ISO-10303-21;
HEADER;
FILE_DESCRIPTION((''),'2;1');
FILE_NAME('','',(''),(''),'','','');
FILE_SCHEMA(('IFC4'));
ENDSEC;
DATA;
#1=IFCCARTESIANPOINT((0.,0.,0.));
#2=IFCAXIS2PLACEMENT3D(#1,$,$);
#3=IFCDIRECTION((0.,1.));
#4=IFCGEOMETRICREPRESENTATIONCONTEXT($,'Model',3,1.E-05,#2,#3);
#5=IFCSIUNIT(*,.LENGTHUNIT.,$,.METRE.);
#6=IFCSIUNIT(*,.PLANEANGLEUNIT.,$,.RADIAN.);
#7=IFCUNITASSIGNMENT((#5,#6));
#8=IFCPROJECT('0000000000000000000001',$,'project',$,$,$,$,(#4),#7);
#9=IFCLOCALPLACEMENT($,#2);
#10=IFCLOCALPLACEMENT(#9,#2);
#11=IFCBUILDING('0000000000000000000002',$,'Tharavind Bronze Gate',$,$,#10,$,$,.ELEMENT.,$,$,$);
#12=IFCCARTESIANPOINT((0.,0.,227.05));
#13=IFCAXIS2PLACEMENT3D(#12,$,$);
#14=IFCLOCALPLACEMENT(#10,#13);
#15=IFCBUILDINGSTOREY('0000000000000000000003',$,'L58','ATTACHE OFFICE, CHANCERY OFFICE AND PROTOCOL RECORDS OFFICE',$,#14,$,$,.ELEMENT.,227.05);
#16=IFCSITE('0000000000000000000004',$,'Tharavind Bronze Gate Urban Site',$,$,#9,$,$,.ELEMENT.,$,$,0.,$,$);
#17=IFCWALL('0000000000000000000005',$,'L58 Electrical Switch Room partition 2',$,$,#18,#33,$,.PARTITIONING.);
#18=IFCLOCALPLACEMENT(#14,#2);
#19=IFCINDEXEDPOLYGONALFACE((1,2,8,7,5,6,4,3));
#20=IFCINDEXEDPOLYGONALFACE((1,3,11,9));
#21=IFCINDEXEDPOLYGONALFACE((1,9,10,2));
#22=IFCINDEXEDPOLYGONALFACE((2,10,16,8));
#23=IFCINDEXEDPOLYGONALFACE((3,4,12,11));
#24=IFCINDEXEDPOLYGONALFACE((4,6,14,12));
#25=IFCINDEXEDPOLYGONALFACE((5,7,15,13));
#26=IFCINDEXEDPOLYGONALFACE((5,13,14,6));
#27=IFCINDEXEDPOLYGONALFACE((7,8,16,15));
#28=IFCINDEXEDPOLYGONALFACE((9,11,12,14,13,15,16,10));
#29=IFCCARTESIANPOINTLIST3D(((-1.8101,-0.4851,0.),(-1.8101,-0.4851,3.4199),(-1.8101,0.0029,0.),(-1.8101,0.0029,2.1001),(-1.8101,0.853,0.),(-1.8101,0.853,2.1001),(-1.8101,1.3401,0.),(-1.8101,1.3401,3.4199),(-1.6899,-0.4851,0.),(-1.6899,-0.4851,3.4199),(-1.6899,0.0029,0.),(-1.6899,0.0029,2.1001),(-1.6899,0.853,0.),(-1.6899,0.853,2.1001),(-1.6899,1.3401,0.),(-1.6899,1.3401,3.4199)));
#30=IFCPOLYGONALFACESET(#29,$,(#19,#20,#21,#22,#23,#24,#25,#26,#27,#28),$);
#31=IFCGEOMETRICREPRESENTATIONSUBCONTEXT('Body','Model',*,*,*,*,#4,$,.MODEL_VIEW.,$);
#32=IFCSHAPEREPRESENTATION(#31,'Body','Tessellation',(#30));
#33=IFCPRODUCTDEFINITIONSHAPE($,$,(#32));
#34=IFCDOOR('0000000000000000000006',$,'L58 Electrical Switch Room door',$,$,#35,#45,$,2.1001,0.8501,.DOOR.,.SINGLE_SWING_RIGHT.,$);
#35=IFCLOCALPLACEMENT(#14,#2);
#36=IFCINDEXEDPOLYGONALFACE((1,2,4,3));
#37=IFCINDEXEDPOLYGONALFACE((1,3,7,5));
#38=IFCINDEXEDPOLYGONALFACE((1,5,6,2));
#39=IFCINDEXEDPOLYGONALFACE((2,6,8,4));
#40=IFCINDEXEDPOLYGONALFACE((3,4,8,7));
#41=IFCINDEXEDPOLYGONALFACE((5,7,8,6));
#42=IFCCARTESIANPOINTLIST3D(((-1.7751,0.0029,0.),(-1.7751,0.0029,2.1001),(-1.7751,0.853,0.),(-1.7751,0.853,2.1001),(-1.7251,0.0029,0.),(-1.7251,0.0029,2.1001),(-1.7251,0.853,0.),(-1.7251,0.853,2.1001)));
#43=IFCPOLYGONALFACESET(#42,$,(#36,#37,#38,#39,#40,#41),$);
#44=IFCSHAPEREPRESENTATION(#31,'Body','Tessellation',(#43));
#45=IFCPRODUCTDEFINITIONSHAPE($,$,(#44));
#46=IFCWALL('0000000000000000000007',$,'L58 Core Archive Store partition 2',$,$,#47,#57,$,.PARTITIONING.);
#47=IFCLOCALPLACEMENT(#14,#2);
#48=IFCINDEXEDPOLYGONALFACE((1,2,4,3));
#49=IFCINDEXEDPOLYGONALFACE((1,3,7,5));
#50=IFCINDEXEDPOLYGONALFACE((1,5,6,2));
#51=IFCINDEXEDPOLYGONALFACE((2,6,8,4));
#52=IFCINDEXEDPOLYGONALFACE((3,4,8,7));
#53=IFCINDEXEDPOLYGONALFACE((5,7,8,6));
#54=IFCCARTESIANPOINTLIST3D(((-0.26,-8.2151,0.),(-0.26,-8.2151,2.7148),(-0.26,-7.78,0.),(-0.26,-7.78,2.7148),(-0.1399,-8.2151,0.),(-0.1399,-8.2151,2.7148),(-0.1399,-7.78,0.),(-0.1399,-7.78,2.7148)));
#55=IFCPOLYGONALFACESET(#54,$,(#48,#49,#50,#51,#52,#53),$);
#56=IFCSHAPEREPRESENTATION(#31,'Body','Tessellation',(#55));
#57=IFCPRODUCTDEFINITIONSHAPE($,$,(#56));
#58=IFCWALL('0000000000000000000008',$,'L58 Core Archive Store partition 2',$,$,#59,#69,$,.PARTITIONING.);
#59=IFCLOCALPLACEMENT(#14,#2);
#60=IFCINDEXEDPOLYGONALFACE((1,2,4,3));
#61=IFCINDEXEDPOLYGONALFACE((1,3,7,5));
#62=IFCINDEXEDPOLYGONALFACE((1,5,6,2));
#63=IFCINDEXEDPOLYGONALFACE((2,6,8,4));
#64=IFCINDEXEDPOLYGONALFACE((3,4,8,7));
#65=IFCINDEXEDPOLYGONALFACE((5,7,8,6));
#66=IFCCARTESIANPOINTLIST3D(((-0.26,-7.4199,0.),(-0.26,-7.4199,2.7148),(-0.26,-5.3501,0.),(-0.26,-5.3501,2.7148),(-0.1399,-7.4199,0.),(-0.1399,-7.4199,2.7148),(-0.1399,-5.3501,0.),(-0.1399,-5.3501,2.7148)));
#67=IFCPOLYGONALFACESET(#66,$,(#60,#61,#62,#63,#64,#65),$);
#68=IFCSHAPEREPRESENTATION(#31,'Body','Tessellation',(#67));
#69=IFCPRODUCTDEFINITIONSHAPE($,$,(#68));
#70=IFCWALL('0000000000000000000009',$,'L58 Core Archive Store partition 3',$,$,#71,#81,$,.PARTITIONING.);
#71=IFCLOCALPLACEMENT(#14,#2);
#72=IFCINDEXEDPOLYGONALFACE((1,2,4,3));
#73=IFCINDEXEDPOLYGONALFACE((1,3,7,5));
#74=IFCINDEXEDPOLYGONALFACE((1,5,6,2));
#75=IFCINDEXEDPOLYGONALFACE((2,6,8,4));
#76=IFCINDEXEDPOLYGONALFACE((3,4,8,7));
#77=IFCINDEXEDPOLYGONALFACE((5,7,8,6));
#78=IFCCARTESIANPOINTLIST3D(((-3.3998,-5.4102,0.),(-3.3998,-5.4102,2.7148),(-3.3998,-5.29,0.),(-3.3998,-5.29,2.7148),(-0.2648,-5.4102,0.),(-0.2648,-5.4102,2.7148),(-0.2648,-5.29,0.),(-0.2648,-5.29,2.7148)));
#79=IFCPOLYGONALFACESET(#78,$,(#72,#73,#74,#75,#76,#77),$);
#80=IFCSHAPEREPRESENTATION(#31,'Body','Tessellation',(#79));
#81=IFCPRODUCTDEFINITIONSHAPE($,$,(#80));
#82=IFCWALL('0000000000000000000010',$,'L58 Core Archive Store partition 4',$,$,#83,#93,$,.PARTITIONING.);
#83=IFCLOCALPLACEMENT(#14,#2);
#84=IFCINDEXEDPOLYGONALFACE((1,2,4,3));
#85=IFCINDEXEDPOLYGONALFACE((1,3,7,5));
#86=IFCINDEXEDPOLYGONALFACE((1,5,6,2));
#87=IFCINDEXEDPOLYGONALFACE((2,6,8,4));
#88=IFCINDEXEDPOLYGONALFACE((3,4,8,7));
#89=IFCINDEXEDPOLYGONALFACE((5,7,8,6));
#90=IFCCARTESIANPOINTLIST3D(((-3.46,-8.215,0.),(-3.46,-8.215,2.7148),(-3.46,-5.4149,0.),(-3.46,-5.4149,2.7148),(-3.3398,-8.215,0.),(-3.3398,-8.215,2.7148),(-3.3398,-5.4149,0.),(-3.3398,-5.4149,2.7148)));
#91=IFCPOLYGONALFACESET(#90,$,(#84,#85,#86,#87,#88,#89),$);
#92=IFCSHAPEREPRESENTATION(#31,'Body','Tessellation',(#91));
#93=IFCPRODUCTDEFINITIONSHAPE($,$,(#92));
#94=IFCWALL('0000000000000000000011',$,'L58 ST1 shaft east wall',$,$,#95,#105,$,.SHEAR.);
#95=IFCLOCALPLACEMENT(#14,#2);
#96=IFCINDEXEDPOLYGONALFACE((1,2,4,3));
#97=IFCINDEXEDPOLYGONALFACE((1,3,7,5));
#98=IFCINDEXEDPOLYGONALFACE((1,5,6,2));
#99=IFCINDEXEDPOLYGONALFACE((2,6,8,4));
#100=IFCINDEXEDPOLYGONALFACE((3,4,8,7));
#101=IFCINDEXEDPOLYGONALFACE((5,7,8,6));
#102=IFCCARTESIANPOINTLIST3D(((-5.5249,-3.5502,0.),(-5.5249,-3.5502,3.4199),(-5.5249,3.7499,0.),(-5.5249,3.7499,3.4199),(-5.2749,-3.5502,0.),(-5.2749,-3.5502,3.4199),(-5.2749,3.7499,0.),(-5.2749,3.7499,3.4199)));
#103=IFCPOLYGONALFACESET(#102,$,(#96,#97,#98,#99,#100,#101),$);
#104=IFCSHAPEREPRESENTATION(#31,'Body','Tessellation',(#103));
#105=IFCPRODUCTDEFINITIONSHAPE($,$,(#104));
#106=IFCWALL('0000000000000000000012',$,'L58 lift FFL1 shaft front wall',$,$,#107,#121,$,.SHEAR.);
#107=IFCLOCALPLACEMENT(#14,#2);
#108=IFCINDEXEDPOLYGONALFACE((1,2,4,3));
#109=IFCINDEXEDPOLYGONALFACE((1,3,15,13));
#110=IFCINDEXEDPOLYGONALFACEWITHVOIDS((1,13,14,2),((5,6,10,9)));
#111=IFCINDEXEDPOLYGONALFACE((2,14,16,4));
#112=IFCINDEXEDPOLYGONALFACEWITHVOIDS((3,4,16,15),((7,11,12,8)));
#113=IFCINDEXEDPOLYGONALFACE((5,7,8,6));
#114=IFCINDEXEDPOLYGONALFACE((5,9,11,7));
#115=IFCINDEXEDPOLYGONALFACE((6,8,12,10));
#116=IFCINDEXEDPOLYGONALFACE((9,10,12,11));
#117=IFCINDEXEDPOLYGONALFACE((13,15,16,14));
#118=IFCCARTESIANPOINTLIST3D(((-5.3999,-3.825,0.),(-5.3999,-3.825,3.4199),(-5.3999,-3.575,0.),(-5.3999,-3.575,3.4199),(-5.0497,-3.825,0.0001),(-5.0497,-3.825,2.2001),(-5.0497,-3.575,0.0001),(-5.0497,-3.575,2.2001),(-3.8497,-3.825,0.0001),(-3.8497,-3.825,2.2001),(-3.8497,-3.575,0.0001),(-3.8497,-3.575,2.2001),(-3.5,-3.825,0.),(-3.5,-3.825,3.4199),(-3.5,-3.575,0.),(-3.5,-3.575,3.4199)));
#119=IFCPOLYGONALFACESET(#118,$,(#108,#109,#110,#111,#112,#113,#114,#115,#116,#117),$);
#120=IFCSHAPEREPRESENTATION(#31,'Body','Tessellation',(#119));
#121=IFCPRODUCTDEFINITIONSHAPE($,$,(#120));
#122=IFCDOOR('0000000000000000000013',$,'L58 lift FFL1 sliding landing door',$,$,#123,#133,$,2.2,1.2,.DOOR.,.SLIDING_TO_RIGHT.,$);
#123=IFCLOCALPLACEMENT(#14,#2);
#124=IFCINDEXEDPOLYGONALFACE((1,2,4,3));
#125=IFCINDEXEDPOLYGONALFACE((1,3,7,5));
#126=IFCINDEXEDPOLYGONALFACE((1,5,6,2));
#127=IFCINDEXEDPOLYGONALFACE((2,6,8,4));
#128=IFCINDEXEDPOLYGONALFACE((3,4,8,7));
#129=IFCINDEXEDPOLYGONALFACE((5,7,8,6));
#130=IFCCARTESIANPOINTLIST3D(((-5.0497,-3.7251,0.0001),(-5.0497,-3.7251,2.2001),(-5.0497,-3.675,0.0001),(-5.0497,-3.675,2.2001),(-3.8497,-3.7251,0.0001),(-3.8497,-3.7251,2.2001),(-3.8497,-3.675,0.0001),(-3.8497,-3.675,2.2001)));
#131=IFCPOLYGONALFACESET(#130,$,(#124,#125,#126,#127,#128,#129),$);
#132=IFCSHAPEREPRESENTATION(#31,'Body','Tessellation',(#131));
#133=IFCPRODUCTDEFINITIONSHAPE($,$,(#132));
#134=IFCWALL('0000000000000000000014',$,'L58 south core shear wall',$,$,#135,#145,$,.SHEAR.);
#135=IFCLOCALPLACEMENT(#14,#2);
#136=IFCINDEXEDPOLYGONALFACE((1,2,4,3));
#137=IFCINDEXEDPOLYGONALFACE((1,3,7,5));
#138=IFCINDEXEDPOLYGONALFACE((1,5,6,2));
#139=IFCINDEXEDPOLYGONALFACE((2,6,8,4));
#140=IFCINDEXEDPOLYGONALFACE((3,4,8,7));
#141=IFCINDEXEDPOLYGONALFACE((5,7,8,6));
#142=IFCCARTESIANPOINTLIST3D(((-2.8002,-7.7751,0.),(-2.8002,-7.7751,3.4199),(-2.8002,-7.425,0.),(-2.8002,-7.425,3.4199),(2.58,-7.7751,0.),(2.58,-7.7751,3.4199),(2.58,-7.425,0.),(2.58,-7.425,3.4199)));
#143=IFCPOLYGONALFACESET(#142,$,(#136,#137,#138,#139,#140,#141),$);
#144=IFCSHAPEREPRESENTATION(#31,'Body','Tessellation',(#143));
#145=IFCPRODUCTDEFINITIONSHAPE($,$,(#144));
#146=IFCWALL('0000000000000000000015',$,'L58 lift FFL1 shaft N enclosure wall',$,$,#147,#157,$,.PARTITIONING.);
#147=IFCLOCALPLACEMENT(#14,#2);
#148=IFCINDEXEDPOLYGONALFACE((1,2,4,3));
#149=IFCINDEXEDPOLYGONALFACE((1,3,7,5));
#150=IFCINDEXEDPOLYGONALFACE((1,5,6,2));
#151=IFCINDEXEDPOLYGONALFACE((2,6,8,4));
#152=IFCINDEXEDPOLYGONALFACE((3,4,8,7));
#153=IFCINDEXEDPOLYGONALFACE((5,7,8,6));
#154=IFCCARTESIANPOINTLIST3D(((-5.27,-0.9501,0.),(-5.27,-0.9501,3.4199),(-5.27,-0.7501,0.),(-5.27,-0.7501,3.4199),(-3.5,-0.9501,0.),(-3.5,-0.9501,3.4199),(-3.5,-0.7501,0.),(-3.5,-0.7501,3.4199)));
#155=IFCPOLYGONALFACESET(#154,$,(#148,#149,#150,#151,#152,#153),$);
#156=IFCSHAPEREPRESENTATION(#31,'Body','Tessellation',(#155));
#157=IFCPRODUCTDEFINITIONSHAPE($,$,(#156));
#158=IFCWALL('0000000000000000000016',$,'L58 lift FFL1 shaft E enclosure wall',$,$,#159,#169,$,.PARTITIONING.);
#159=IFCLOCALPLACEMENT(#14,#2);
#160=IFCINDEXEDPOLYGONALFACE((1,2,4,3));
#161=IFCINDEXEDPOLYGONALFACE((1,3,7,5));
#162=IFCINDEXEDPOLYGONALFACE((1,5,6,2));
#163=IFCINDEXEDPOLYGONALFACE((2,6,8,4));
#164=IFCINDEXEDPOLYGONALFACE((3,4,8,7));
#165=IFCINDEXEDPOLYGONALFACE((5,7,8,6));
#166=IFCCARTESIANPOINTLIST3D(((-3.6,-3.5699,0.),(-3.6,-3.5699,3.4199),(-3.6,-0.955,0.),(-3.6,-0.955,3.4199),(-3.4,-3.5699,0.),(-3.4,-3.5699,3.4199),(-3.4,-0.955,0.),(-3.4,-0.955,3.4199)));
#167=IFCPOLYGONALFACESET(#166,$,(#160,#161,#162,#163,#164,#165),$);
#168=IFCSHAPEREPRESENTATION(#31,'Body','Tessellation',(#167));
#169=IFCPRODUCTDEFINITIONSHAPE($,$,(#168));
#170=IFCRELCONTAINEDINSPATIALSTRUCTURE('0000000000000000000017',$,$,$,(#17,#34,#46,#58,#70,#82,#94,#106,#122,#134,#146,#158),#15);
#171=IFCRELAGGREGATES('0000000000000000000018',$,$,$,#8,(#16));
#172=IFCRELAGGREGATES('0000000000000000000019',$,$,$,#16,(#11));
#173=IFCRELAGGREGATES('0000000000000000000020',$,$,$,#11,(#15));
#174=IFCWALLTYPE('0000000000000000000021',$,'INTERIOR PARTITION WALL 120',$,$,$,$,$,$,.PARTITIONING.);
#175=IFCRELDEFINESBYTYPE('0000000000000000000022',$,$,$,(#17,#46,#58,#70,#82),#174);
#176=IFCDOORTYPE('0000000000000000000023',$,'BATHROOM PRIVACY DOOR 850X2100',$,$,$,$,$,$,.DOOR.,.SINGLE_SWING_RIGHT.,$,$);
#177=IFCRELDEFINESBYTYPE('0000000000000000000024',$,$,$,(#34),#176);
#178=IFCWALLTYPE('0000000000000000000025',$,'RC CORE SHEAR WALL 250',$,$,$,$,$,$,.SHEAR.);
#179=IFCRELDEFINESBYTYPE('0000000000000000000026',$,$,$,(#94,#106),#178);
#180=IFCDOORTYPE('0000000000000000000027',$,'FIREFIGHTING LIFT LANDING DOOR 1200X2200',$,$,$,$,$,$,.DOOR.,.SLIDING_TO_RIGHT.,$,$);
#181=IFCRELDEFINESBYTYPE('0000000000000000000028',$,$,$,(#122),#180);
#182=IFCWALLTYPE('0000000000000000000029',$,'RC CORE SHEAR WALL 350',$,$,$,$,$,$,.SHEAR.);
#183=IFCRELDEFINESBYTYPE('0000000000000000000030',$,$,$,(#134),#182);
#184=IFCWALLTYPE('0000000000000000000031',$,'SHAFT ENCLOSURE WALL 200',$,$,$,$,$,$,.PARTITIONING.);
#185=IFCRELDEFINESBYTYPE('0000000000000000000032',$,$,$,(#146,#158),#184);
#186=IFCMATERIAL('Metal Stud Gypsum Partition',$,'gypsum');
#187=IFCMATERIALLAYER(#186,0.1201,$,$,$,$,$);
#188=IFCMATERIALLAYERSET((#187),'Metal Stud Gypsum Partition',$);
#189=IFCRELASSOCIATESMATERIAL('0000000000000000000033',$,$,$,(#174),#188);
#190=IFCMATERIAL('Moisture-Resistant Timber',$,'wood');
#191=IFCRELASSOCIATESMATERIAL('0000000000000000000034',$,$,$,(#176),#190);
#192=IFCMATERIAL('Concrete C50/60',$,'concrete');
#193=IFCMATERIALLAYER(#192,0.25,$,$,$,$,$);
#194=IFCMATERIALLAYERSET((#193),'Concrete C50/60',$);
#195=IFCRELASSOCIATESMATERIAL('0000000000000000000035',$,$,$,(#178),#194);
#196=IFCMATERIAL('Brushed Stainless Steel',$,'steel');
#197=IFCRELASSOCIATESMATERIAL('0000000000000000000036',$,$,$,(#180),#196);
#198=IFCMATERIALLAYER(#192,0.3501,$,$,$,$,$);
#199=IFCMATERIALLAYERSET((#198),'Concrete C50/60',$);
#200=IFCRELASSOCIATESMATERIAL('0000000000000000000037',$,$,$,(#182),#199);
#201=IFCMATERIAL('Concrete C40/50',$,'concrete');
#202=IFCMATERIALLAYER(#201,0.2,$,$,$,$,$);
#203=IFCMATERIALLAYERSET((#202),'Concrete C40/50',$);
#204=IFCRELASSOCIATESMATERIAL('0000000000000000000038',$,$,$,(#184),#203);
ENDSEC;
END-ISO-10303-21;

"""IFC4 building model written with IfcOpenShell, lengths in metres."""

from ifc_helpers import new_model, si_unit, direction, frame, frame_2d, origin, place, context, subcontext, project, spatial, rectangle, extrude, material, layer, layer_set, type_object, element, fill, save


model = new_model("IFC4")

# Units and contexts
model_context = context("Model", 3, precision=1e-05, world=origin(), true_north=direction((0.0, 1.0)))
body_context = subcontext(model_context, "Body", "Model", "MODEL_VIEW")
ifc_project = project(units=[si_unit("LENGTHUNIT", "METRE"), si_unit("PLANEANGLEUNIT", "RADIAN")], contexts=[model_context])

# Site, building, storey
site_placement = place(None, origin())
site = spatial("IfcSite", under=ifc_project, at=site_placement, Name="Tharavind Bronze Gate Urban Site", CompositionType="ELEMENT", RefElevation=0.0)
building_placement = place(site_placement, origin())
building = spatial("IfcBuilding", under=site, at=building_placement, Name="Tharavind Bronze Gate", CompositionType="ELEMENT")
storey_placement = place(building_placement, frame((0.0, 0.0, 227.05)))
storey = spatial("IfcBuildingStorey", under=building, at=storey_placement, Name="L58", Description="ATTACHE OFFICE, CHANCERY OFFICE AND PROTOCOL RECORDS OFFICE", CompositionType="ELEMENT", Elevation=227.05)

# Shared definitions
ifc_material_1 = material(Name="Concrete C50/60", Category="concrete")

# Shared definitions
ifc_material_2 = material(Name="Concrete C40/50", Category="concrete")

# Shared definitions
ifc_material_3 = material(Name="Metal Stud Gypsum Partition", Category="gypsum")
ifc_layer_1 = layer(ifc_material_3, 0.1201)
ifc_layer_set_1 = layer_set([ifc_layer_1], Name="Metal Stud Gypsum Partition")
wall_type_1 = type_object("IfcWallType", Name="INTERIOR PARTITION WALL 120", PredefinedType="PARTITIONING", material=ifc_layer_set_1)

# Wall, opening, door
wall_1_placement = place(storey_placement, frame((-1.75, -0.4851, 0.0), z_axis=(0.0, 0.0, 1.0), x_axis=(0.0, 1.0, 0.0)))
wall_1 = element("IfcWall", 1, at=wall_1_placement, inside=storey, type_object=wall_type_1, Name="L58 Electrical Switch Room partition 2", PredefinedType="PARTITIONING", context=body_context, shape_type="SweptSolid", body=[
    extrude(rectangle(XDim=1.8252, YDim=0.1201, at=frame_2d((0.9126, 0.0))), origin(), (0.0, 0.0, 1.0), 3.4199),
])
opening_1_placement = place(wall_1_placement, frame((0.488, 0.0, 0.0)))
opening_1 = element("IfcOpeningElement", 2, at=opening_1_placement, cuts=wall_1, PredefinedType="OPENING", context=body_context, shape_type="SweptSolid", body=[
    extrude(rectangle(XDim=0.8501, YDim=2.1001, at=frame_2d((0.425, 1.05))), frame((0.0, 0.0701, 0.0), z_axis=(0.0, -1.0, 0.0), x_axis=(1.0, 0.0, 0.0)), (0.0, 0.0, 1.0), 0.1401),
])
ifc_material_4 = material(Name="Moisture-Resistant Timber", Category="wood")
door_type_1 = type_object("IfcDoorType", Name="BATHROOM PRIVACY DOOR 850X2100", OperationType="SINGLE_SWING_RIGHT", PredefinedType="DOOR", material=ifc_material_4)
door_1_placement = place(opening_1_placement, frame((0.8501, 0.0, 0.0), z_axis=(0.0, 0.0, 1.0), x_axis=(-1.0, 0.0, 0.0)))
door_1 = element("IfcDoor", 3, at=door_1_placement, inside=storey, type_object=door_type_1, Name="L58 Electrical Switch Room door", OperationType="SINGLE_SWING_RIGHT", OverallHeight=2.1001, OverallWidth=0.8501, PredefinedType="DOOR", context=body_context, shape_type="SweptSolid", body=[
    extrude(rectangle(XDim=0.8501, YDim=2.1001, at=frame_2d((0.425, 1.05))), frame((0.0, 0.0249, 0.0), z_axis=(0.0, -1.0, 0.0), x_axis=(1.0, 0.0, 0.0)), (0.0, 0.0, 1.0), 0.05),
])
fill(opening_1, door_1)

# Walls
wall_2_placement = place(storey_placement, frame((-0.2, -8.2151, 0.0), z_axis=(0.0, 0.0, 1.0), x_axis=(0.0, 1.0, 0.0)))
element("IfcWall", 4, at=wall_2_placement, inside=storey, type_object=wall_type_1, Name="L58 Core Archive Store partition 2", PredefinedType="PARTITIONING", context=body_context, shape_type="SweptSolid", body=[
    extrude(rectangle(XDim=0.4351, YDim=0.1201, at=frame_2d((0.2175, 0.0))), origin(), (0.0, 0.0, 1.0), 2.7148),
])
wall_3_placement = place(storey_placement, frame((-0.2, -7.4199, 0.0), z_axis=(0.0, 0.0, 1.0), x_axis=(0.0, 1.0, 0.0)))
element("IfcWall", 5, at=wall_3_placement, inside=storey, type_object=wall_type_1, Name="L58 Core Archive Store partition 2", PredefinedType="PARTITIONING", context=body_context, shape_type="SweptSolid", body=[
    extrude(rectangle(XDim=2.0698, YDim=0.1201, at=frame_2d((1.0349, 0.0))), origin(), (0.0, 0.0, 1.0), 2.7148),
])
wall_4_placement = place(storey_placement, frame((-0.2649, -5.3501, 0.0), z_axis=(0.0, 0.0, 1.0), x_axis=(-1.0, 0.0, 0.0)))
element("IfcWall", 6, at=wall_4_placement, inside=storey, type_object=wall_type_1, Name="L58 Core Archive Store partition 3", PredefinedType="PARTITIONING", context=body_context, shape_type="SweptSolid", body=[
    extrude(rectangle(XDim=3.135, YDim=0.1201, at=frame_2d((1.5674, 0.0))), origin(), (0.0, 0.0, 1.0), 2.7148),
])
wall_5_placement = place(storey_placement, frame((-3.3999, -5.415, 0.0), z_axis=(0.0, 0.0, 1.0), x_axis=(0.0, -1.0, 0.0)))
element("IfcWall", 7, at=wall_5_placement, inside=storey, type_object=wall_type_1, Name="L58 Core Archive Store partition 4", PredefinedType="PARTITIONING", context=body_context, shape_type="SweptSolid", body=[
    extrude(rectangle(XDim=2.8, YDim=0.1201, at=frame_2d((1.3999, 0.0))), origin(), (0.0, 0.0, 1.0), 2.7148),
])
ifc_layer_2 = layer(ifc_material_1, 0.25)
ifc_layer_set_2 = layer_set([ifc_layer_2], Name="Concrete C50/60")
wall_type_2 = type_object("IfcWallType", Name="RC CORE SHEAR WALL 250", PredefinedType="SHEAR", material=ifc_layer_set_2)
wall_6_placement = place(storey_placement, frame((-5.3999, -3.55, 0.0), z_axis=(0.0, 0.0, 1.0), x_axis=(0.0, 1.0, 0.0)))
element("IfcWall", 8, at=wall_6_placement, inside=storey, type_object=wall_type_2, Name="L58 ST1 shaft east wall", PredefinedType="SHEAR", context=body_context, shape_type="SweptSolid", body=[
    extrude(rectangle(XDim=7.3, YDim=0.25, at=frame_2d((3.6499, 0.0))), origin(), (0.0, 0.0, 1.0), 3.4199),
])

# Wall, opening, door
wall_7_placement = place(storey_placement, frame((-5.3999, -3.7, 0.0), z_axis=(0.0, 0.0, 1.0), x_axis=(1.0, 0.0, 0.0)))
wall_7 = element("IfcWall", 9, at=wall_7_placement, inside=storey, type_object=wall_type_2, Name="L58 lift FFL1 shaft front wall", PredefinedType="SHEAR", context=body_context, shape_type="SweptSolid", body=[
    extrude(rectangle(XDim=1.8999, YDim=0.25, at=frame_2d((0.95, 0.0))), origin(), (0.0, 0.0, 1.0), 3.4199),
])
opening_2_placement = place(wall_7_placement, frame((0.3501, 0.0, 0.0)))
opening_2 = element("IfcOpeningElement", 10, at=opening_2_placement, cuts=wall_7, PredefinedType="OPENING", context=body_context, shape_type="SweptSolid", body=[
    extrude(rectangle(XDim=1.2, YDim=2.2, at=frame_2d((0.6001, 1.1001))), frame((0.0, 0.135, 0.0), z_axis=(0.0, -1.0, 0.0), x_axis=(1.0, 0.0, 0.0)), (0.0, 0.0, 1.0), 0.27),
])
ifc_material_5 = material(Name="Brushed Stainless Steel", Category="steel")
door_type_2 = type_object("IfcDoorType", Name="FIREFIGHTING LIFT LANDING DOOR 1200X2200", OperationType="SLIDING_TO_RIGHT", PredefinedType="DOOR", material=ifc_material_5)
door_2_placement = place(opening_2_placement, origin())
door_2 = element("IfcDoor", 11, at=door_2_placement, inside=storey, type_object=door_type_2, Name="L58 lift FFL1 sliding landing door", OperationType="SLIDING_TO_RIGHT", OverallHeight=2.2, OverallWidth=1.2, PredefinedType="DOOR", context=body_context, shape_type="SweptSolid", body=[
    extrude(rectangle(XDim=1.2, YDim=2.2, at=frame_2d((0.6001, 1.1001))), frame((0.0, 0.0249, 0.0), z_axis=(0.0, -1.0, 0.0), x_axis=(1.0, 0.0, 0.0)), (0.0, 0.0, 1.0), 0.05),
])
fill(opening_2, door_2)

# Walls
ifc_layer_3 = layer(ifc_material_1, 0.3501)
ifc_layer_set_3 = layer_set([ifc_layer_3], Name="Concrete C50/60")
wall_type_3 = type_object("IfcWallType", Name="RC CORE SHEAR WALL 350", PredefinedType="SHEAR", material=ifc_layer_set_3)
wall_8_placement = place(storey_placement, frame((-2.8, -7.6001, 0.0), z_axis=(0.0, 0.0, 1.0), x_axis=(1.0, 0.0, 0.0)))
element("IfcWall", 12, at=wall_8_placement, inside=storey, type_object=wall_type_3, Name="L58 south core shear wall", PredefinedType="SHEAR", context=body_context, shape_type="SweptSolid", body=[
    extrude(rectangle(XDim=5.3801, YDim=0.3501, at=frame_2d((2.6899, 0.0))), origin(), (0.0, 0.0, 1.0), 3.4199),
])
ifc_layer_4 = layer(ifc_material_2, 0.2)
ifc_layer_set_4 = layer_set([ifc_layer_4], Name="Concrete C40/50")
wall_type_4 = type_object("IfcWallType", Name="SHAFT ENCLOSURE WALL 200", PredefinedType="PARTITIONING", material=ifc_layer_set_4)
wall_9_placement = place(storey_placement, frame((-5.27, -0.8501, 0.0), z_axis=(0.0, 0.0, 1.0), x_axis=(1.0, 0.0, 0.0)))
element("IfcWall", 13, at=wall_9_placement, inside=storey, type_object=wall_type_4, Name="L58 lift FFL1 shaft N enclosure wall", PredefinedType="PARTITIONING", context=body_context, shape_type="SweptSolid", body=[
    extrude(rectangle(XDim=1.77, YDim=0.2, at=frame_2d((0.885, 0.0))), origin(), (0.0, 0.0, 1.0), 3.4199),
])
wall_10_placement = place(storey_placement, frame((-3.5, -3.5701, 0.0), z_axis=(0.0, 0.0, 1.0), x_axis=(0.0, 1.0, 0.0)))
element("IfcWall", 14, at=wall_10_placement, inside=storey, type_object=wall_type_4, Name="L58 lift FFL1 shaft E enclosure wall", PredefinedType="PARTITIONING", context=body_context, shape_type="SweptSolid", body=[
    extrude(rectangle(XDim=2.615, YDim=0.2, at=frame_2d((1.3076, 0.0))), origin(), (0.0, 0.0, 1.0), 3.4199),
])

save(model, "model.ifc")
